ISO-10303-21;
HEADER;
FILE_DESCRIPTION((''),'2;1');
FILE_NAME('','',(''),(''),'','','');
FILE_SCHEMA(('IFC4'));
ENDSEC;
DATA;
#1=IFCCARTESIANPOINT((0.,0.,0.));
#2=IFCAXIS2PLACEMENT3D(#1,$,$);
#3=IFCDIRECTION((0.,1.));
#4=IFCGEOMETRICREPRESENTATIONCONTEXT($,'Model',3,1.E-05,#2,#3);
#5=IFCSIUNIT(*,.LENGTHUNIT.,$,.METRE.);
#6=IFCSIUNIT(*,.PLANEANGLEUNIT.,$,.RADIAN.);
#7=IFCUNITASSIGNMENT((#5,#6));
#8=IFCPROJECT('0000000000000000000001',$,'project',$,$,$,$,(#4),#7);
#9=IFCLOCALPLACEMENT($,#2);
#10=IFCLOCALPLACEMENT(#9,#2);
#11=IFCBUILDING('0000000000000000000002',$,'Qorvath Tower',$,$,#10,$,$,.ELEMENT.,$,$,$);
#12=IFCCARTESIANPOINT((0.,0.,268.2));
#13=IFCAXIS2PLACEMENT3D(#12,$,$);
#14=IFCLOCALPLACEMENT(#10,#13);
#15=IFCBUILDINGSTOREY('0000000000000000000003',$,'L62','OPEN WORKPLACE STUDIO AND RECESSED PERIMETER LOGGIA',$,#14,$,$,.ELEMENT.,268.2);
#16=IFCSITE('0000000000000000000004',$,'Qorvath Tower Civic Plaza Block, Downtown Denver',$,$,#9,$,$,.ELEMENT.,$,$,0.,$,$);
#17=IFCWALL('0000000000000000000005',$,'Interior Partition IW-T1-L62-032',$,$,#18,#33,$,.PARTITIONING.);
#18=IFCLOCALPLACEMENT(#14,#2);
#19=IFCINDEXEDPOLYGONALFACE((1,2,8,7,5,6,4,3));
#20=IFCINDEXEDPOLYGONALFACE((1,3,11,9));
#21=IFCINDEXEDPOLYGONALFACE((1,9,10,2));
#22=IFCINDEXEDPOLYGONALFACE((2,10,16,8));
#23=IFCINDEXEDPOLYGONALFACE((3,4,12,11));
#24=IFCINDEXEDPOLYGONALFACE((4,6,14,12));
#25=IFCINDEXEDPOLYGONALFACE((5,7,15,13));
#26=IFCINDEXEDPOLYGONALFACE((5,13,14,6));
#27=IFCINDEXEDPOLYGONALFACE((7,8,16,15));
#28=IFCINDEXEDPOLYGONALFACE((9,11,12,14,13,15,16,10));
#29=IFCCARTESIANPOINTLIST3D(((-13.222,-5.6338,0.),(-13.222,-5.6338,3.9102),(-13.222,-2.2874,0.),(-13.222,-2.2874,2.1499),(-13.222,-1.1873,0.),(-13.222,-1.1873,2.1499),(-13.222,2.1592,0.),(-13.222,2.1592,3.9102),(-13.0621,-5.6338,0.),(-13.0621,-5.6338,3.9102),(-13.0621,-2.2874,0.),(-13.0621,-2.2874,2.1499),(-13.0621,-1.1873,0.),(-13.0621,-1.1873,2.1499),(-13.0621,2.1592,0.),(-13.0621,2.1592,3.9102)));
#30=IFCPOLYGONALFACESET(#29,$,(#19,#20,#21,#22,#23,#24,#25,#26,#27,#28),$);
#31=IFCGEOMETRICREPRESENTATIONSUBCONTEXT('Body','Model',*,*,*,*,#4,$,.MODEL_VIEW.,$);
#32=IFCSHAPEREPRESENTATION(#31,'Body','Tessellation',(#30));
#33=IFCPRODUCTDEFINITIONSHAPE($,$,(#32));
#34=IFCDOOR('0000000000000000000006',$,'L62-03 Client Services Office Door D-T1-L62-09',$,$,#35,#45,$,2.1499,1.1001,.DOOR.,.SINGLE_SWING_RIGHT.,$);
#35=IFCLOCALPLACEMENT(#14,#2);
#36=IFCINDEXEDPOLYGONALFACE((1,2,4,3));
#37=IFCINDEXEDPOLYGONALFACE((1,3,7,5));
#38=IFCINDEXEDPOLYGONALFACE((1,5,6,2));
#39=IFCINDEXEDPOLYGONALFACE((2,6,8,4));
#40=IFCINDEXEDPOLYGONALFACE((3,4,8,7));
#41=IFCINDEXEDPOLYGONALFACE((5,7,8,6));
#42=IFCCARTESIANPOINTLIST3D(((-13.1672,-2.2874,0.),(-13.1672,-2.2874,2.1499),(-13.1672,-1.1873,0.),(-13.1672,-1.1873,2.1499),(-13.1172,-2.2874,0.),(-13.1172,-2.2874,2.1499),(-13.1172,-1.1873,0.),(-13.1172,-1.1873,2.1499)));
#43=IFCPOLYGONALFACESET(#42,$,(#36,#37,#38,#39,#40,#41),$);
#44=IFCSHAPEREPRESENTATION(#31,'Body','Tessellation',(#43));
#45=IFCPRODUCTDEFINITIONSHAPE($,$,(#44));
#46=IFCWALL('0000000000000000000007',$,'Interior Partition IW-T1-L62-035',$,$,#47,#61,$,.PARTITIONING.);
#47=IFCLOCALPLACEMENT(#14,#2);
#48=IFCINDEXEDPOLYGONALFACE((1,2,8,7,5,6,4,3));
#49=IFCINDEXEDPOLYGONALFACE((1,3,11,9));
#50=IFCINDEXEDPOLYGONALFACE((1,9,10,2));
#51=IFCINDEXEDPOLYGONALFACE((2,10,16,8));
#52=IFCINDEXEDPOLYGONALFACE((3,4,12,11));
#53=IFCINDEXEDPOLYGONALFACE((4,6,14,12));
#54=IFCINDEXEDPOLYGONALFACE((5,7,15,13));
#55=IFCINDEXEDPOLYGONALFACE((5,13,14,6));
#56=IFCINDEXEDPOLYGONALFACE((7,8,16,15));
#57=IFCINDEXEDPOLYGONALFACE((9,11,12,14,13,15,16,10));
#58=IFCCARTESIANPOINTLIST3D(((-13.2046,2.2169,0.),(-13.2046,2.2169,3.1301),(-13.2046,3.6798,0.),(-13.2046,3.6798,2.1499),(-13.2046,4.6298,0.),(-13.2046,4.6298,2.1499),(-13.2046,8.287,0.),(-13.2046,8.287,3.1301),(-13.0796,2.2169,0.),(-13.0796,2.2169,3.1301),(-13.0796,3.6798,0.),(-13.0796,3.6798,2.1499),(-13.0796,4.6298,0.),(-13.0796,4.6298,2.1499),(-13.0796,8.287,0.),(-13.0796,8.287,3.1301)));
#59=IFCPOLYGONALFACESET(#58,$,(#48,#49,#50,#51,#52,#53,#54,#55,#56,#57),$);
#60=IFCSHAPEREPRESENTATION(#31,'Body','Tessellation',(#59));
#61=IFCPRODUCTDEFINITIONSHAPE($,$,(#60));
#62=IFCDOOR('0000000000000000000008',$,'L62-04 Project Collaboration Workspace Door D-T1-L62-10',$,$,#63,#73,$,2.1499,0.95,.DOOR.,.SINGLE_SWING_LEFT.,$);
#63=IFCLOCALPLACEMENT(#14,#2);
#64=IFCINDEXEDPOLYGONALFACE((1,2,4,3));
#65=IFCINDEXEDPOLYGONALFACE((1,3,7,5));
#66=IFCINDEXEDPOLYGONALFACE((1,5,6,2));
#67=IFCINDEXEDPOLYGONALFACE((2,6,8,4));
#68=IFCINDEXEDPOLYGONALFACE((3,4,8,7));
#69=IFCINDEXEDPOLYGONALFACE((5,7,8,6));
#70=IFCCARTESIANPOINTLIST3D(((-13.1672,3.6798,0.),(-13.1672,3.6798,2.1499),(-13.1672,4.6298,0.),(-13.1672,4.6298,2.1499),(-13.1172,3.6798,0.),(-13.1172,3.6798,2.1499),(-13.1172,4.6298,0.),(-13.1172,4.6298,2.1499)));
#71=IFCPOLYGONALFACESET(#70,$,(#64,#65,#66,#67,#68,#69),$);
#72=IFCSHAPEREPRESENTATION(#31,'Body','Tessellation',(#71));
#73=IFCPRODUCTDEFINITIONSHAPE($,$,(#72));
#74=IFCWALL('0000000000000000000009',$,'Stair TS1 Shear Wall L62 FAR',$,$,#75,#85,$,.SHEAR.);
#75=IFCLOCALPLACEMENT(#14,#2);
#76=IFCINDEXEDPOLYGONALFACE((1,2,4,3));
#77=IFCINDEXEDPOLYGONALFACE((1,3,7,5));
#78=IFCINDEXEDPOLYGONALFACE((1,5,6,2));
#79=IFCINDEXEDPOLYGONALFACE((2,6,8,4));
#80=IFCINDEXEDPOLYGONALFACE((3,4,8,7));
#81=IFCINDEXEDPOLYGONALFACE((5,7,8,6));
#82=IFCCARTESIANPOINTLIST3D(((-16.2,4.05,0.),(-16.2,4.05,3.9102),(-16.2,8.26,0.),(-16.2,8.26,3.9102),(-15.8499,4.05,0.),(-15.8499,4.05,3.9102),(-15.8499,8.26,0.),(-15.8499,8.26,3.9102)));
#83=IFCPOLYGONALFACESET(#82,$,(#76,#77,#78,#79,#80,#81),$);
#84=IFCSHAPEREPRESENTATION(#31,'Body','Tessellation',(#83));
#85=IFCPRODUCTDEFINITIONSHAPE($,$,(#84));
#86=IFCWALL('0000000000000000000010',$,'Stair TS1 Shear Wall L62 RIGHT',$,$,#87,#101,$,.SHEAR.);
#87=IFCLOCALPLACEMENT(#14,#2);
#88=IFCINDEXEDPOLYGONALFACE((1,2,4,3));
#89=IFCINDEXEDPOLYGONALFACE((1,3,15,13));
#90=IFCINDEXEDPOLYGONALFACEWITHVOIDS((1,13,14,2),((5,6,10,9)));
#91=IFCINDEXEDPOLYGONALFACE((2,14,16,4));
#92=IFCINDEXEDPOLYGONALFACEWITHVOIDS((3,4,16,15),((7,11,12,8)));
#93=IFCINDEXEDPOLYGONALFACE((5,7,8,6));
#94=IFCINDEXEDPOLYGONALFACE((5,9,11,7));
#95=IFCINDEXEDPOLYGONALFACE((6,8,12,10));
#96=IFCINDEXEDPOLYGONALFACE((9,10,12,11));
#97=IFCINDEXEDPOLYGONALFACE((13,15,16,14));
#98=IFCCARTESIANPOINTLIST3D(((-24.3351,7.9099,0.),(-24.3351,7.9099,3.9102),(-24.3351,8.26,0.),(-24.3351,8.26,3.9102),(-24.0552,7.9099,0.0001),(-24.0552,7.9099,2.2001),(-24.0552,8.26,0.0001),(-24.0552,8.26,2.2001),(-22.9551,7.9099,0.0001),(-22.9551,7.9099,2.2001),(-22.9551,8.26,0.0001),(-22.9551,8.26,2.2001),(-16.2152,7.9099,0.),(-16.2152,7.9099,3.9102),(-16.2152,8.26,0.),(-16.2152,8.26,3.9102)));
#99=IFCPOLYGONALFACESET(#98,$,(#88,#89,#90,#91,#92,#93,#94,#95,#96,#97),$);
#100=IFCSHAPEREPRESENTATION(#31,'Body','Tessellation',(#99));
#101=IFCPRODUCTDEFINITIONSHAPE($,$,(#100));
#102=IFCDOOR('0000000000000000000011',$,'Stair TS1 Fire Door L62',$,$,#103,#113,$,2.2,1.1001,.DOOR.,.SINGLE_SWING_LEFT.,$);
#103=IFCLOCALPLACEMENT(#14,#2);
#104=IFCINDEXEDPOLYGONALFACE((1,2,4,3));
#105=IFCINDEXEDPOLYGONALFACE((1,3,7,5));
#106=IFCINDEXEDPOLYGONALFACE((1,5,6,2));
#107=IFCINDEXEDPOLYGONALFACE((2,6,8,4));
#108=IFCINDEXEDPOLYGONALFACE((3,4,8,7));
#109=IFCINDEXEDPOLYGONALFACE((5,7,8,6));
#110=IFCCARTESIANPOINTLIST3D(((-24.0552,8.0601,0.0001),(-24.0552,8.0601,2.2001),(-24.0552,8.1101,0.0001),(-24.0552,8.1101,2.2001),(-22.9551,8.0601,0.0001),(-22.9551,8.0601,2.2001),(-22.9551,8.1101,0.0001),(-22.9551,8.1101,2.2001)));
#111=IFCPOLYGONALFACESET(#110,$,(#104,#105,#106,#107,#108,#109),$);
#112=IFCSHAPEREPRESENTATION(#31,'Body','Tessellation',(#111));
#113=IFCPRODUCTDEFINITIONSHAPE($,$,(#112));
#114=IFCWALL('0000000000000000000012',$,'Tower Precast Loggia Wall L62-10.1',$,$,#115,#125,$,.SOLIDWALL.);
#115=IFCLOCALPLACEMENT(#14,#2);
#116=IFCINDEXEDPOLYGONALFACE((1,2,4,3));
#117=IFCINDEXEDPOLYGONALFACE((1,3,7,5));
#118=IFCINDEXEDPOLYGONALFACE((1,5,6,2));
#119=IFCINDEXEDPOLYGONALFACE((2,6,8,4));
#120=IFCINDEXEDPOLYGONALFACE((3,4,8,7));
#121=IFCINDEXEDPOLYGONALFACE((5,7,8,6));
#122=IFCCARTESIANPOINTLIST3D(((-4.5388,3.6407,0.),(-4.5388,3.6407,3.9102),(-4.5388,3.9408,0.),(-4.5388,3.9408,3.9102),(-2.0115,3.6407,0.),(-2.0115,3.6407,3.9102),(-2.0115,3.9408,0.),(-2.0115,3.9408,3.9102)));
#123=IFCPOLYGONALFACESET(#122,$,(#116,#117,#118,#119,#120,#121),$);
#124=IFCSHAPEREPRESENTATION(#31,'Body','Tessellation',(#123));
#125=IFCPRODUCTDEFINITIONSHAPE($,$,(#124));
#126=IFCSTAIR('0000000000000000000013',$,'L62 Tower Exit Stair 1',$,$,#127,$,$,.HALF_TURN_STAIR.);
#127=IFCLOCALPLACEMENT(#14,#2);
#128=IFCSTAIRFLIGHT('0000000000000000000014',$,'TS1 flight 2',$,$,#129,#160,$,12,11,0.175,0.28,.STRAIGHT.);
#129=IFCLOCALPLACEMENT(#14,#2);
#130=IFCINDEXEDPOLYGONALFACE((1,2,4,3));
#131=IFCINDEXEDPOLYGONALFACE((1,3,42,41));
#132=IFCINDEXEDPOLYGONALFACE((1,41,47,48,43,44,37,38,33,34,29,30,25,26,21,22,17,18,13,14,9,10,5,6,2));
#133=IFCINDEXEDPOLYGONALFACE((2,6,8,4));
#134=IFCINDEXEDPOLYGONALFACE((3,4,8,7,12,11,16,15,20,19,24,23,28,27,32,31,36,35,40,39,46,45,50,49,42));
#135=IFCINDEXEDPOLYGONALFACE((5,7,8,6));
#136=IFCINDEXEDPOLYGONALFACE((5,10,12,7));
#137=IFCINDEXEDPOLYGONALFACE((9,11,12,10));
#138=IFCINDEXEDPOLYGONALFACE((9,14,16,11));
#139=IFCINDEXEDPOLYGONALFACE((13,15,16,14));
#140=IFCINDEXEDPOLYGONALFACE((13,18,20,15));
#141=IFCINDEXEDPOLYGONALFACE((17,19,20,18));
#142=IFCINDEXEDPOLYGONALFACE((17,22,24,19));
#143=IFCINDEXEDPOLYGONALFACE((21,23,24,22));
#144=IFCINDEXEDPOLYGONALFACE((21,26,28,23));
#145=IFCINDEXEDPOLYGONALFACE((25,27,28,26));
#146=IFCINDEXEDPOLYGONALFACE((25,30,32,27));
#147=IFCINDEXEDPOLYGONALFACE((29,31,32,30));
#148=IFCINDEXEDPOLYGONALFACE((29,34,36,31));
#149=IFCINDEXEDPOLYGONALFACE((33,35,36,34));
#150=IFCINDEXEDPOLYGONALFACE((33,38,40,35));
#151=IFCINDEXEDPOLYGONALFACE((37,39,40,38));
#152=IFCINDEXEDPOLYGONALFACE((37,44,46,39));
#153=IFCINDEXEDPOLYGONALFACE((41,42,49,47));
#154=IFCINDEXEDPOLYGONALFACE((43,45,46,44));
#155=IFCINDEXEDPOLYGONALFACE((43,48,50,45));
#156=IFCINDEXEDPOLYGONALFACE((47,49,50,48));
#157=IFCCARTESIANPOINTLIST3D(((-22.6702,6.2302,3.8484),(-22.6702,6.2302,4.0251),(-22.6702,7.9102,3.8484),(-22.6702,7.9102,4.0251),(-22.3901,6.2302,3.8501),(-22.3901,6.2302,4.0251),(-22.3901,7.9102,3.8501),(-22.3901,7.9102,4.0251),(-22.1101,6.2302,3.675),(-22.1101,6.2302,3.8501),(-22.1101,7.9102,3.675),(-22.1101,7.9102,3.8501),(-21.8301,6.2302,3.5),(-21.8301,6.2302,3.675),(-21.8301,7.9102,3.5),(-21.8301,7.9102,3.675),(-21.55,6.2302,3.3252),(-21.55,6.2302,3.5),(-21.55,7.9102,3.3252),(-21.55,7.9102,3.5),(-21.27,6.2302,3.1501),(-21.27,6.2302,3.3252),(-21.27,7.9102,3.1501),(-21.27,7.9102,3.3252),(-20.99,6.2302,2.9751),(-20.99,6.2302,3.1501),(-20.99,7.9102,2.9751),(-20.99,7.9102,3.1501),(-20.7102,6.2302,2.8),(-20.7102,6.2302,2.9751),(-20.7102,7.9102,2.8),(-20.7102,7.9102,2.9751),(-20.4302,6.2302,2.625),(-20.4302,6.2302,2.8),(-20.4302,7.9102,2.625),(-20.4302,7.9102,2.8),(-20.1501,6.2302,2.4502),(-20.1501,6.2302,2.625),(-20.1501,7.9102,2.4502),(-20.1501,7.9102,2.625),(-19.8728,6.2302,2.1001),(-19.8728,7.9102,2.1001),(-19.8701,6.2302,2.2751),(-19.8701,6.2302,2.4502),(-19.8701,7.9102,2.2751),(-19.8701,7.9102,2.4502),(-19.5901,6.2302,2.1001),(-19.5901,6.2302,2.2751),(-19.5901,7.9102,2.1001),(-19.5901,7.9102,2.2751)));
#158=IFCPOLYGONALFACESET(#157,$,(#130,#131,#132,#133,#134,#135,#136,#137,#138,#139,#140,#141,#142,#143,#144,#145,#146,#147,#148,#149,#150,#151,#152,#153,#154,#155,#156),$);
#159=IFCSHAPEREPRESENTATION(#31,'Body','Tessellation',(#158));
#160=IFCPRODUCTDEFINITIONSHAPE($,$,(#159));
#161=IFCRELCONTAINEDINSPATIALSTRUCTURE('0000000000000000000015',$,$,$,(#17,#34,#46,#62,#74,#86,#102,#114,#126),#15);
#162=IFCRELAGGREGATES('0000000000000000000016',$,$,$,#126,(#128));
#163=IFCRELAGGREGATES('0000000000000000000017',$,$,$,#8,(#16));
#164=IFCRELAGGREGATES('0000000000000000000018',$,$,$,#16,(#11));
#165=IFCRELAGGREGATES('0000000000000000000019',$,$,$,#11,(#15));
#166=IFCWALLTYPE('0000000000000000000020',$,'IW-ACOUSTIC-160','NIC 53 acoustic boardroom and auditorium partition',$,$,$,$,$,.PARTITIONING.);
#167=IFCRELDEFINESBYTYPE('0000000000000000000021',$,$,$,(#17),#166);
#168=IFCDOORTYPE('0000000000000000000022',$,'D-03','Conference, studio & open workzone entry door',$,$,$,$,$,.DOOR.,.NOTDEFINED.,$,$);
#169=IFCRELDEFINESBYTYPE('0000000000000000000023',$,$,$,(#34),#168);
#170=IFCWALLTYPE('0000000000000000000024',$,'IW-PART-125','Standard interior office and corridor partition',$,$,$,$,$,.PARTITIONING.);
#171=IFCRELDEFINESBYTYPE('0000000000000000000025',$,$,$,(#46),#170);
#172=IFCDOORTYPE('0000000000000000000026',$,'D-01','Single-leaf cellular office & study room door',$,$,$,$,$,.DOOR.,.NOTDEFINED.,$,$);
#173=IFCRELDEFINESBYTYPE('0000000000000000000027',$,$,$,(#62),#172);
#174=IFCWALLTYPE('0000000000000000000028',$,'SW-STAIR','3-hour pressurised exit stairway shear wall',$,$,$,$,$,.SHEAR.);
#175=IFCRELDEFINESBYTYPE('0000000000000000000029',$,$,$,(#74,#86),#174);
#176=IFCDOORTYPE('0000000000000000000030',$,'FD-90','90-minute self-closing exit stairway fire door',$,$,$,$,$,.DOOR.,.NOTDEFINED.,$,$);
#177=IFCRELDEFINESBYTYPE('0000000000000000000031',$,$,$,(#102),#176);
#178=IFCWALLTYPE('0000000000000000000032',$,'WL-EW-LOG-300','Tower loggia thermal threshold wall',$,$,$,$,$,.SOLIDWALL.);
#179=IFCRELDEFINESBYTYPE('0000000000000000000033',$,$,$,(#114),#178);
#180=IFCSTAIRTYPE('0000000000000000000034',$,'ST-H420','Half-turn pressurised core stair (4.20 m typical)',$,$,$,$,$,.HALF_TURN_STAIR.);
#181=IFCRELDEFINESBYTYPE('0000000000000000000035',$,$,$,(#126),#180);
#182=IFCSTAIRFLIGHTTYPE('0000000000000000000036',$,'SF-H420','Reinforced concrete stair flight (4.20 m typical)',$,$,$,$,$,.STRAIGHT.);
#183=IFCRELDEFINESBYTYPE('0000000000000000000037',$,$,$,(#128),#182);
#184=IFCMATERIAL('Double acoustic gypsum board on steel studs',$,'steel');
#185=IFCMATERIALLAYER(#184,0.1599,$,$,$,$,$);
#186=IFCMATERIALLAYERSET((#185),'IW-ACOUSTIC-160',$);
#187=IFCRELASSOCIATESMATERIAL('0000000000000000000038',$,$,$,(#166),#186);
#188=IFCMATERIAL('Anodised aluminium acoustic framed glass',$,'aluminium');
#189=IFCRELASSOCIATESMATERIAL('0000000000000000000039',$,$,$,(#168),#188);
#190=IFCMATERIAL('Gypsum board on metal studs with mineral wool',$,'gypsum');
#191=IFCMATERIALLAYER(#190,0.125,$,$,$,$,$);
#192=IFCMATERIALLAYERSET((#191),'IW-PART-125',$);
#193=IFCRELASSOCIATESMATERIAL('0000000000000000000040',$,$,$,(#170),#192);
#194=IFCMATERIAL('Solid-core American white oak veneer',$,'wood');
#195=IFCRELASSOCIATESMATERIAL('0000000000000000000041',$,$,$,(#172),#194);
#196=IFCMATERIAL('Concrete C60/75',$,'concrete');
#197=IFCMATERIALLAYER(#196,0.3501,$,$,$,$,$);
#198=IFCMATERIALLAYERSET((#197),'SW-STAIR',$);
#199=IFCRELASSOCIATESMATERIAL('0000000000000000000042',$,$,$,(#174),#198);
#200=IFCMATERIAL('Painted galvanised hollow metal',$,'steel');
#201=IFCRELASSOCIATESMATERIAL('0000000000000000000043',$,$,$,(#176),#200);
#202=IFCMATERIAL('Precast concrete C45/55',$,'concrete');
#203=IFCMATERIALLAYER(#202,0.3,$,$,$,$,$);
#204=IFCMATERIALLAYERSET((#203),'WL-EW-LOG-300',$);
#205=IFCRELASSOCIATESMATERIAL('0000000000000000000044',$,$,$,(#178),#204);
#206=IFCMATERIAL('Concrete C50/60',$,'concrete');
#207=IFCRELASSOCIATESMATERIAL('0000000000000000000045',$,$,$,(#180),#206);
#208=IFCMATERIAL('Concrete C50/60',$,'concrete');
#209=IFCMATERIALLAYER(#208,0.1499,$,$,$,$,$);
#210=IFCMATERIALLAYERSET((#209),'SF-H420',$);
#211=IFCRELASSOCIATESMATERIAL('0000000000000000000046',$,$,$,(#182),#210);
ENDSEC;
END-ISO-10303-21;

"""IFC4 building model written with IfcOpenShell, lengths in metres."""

from ifc_helpers import new_model, si_unit, direction, frame, frame_2d, origin, place, context, subcontext, project, spatial, polyline, rectangle, outline, extrude, material, layer, layer_set, type_object, element, fill, aggregate, save


model = new_model("IFC4")

# Units and contexts
model_context = context("Model", 3, precision=1e-05, world=origin(), true_north=direction((0.0, 1.0)))
body_context = subcontext(model_context, "Body", "Model", "MODEL_VIEW")
ifc_project = project(units=[si_unit("LENGTHUNIT", "METRE"), si_unit("PLANEANGLEUNIT", "RADIAN")], contexts=[model_context])

# Site, building, storey
site_placement = place(None, origin())
site = spatial("IfcSite", under=ifc_project, at=site_placement, Name="Qorvath Tower Civic Plaza Block, Downtown Denver", CompositionType="ELEMENT", RefElevation=0.0)
building_placement = place(site_placement, origin())
building = spatial("IfcBuilding", under=site, at=building_placement, Name="Qorvath Tower", CompositionType="ELEMENT")
storey_placement = place(building_placement, frame((0.0, 0.0, 268.2)))
storey = spatial("IfcBuildingStorey", under=building, at=storey_placement, Name="L62", Description="OPEN WORKPLACE STUDIO AND RECESSED PERIMETER LOGGIA", CompositionType="ELEMENT", Elevation=268.2)

# Shared definitions
ifc_material_1 = material(Name="Double acoustic gypsum board on steel studs", Category="steel")
ifc_layer_1 = layer(ifc_material_1, 0.1599)
ifc_layer_set_1 = layer_set([ifc_layer_1], Name="IW-ACOUSTIC-160")
wall_type_1 = type_object("IfcWallType", Name="IW-ACOUSTIC-160", Description="NIC 53 acoustic boardroom and auditorium partition", PredefinedType="PARTITIONING", material=ifc_layer_set_1)

# Walls, openings, doors
wall_1_placement = place(storey_placement, frame((-13.1421, 2.1592, 0.0), z_axis=(0.0, 0.0, 1.0), x_axis=(0.0, -1.0, 0.0)))
wall_1 = element("IfcWall", 1, at=wall_1_placement, inside=storey, type_object=wall_type_1, Name="Interior Partition IW-T1-L62-032", PredefinedType="PARTITIONING", context=body_context, shape_type="SweptSolid", body=[
    extrude(rectangle(XDim=7.793, YDim=0.1599, at=frame_2d((3.8965, 0.0))), origin(), (0.0, 0.0, 1.0), 3.9102),
])
opening_1_placement = place(wall_1_placement, frame((3.3464, 0.0, 0.0)))
opening_1 = element("IfcOpeningElement", 2, at=opening_1_placement, cuts=wall_1, PredefinedType="OPENING", context=body_context, shape_type="SweptSolid", body=[
    extrude(rectangle(XDim=1.1001, YDim=2.1499, at=frame_2d((0.55, 1.075))), frame((0.0, 0.0898, 0.0), z_axis=(0.0, -1.0, 0.0), x_axis=(1.0, 0.0, 0.0)), (0.0, 0.0, 1.0), 0.1799),
])
ifc_material_2 = material(Name="Anodised aluminium acoustic framed glass", Category="aluminium")
door_type_1 = type_object("IfcDoorType", Name="D-03", Description="Conference, studio & open workzone entry door", OperationType="NOTDEFINED", PredefinedType="DOOR", material=ifc_material_2)
door_1_placement = place(opening_1_placement, origin())
door_1 = element("IfcDoor", 3, at=door_1_placement, inside=storey, type_object=door_type_1, Name="L62-03 Client Services Office Door D-T1-L62-09", OperationType="SINGLE_SWING_RIGHT", OverallHeight=2.1499, OverallWidth=1.1001, PredefinedType="DOOR", context=body_context, shape_type="SweptSolid", body=[
    extrude(rectangle(XDim=1.1001, YDim=2.1499, at=frame_2d((0.55, 1.075))), frame((0.0, 0.0249, 0.0), z_axis=(0.0, -1.0, 0.0), x_axis=(1.0, 0.0, 0.0)), (0.0, 0.0, 1.0), 0.05),
])
fill(opening_1, door_1)
ifc_material_3 = material(Name="Gypsum board on metal studs with mineral wool", Category="gypsum")
ifc_layer_2 = layer(ifc_material_3, 0.125)
ifc_layer_set_2 = layer_set([ifc_layer_2], Name="IW-PART-125")
wall_type_2 = type_object("IfcWallType", Name="IW-PART-125", Description="Standard interior office and corridor partition", PredefinedType="PARTITIONING", material=ifc_layer_set_2)
wall_2_placement = place(storey_placement, frame((-13.1421, 8.2871, 0.0), z_axis=(0.0, 0.0, 1.0), x_axis=(0.0, -1.0, 0.0)))
wall_2 = element("IfcWall", 4, at=wall_2_placement, inside=storey, type_object=wall_type_2, Name="Interior Partition IW-T1-L62-035", PredefinedType="PARTITIONING", context=body_context, shape_type="SweptSolid", body=[
    extrude(rectangle(XDim=6.0701, YDim=0.125, at=frame_2d((3.0352, 0.0))), origin(), (0.0, 0.0, 1.0), 3.1301),
])
opening_2_placement = place(wall_2_placement, frame((3.6572, 0.0, 0.0)))
opening_2 = element("IfcOpeningElement", 5, at=opening_2_placement, cuts=wall_2, PredefinedType="OPENING", context=body_context, shape_type="SweptSolid", body=[
    extrude(rectangle(XDim=0.95, YDim=2.1499, at=frame_2d((0.4751, 1.075))), frame((0.0, 0.0725, 0.0), z_axis=(0.0, -1.0, 0.0), x_axis=(1.0, 0.0, 0.0)), (0.0, 0.0, 1.0), 0.145),
])
ifc_material_4 = material(Name="Solid-core American white oak veneer", Category="wood")
door_type_2 = type_object("IfcDoorType", Name="D-01", Description="Single-leaf cellular office & study room door", OperationType="NOTDEFINED", PredefinedType="DOOR", material=ifc_material_4)
door_2_placement = place(opening_2_placement, origin())
door_2 = element("IfcDoor", 6, at=door_2_placement, inside=storey, type_object=door_type_2, Name="L62-04 Project Collaboration Workspace Door D-T1-L62-10", OperationType="SINGLE_SWING_LEFT", OverallHeight=2.1499, OverallWidth=0.95, PredefinedType="DOOR", context=body_context, shape_type="SweptSolid", body=[
    extrude(rectangle(XDim=0.95, YDim=2.1499, at=frame_2d((0.4751, 1.075))), frame((0.0, 0.0249, 0.0), z_axis=(0.0, -1.0, 0.0), x_axis=(1.0, 0.0, 0.0)), (0.0, 0.0, 1.0), 0.05),
])
fill(opening_2, door_2)

# Wall
ifc_material_5 = material(Name="Concrete C60/75", Category="concrete")
ifc_layer_3 = layer(ifc_material_5, 0.3501)
ifc_layer_set_3 = layer_set([ifc_layer_3], Name="SW-STAIR")
wall_type_3 = type_object("IfcWallType", Name="SW-STAIR", Description="3-hour pressurised exit stairway shear wall", PredefinedType="SHEAR", material=ifc_layer_set_3)
wall_3_placement = place(storey_placement, frame((-16.0249, 4.05, 0.0), z_axis=(0.0, 0.0, 1.0), x_axis=(0.0, 1.0, 0.0)))
element("IfcWall", 7, at=wall_3_placement, inside=storey, type_object=wall_type_3, Name="Stair TS1 Shear Wall L62 FAR", PredefinedType="SHEAR", context=body_context, shape_type="SweptSolid", body=[
    extrude(rectangle(XDim=4.21, YDim=0.3501, at=frame_2d((2.105, 0.0))), origin(), (0.0, 0.0, 1.0), 3.9102),
])

# Wall, opening, door
wall_4_placement = place(storey_placement, frame((-16.2151, 8.085, 0.0), z_axis=(0.0, 0.0, 1.0), x_axis=(-1.0, 0.0, 0.0)))
wall_4 = element("IfcWall", 8, at=wall_4_placement, inside=storey, type_object=wall_type_3, Name="Stair TS1 Shear Wall L62 RIGHT", PredefinedType="SHEAR", context=body_context, shape_type="SweptSolid", body=[
    extrude(rectangle(XDim=8.1199, YDim=0.3501, at=frame_2d((4.0601, 0.0))), origin(), (0.0, 0.0, 1.0), 3.9102),
])
opening_3_placement = place(wall_4_placement, frame((6.74, 0.0, 0.0)))
opening_3 = element("IfcOpeningElement", 9, at=opening_3_placement, cuts=wall_4, PredefinedType="OPENING", context=body_context, shape_type="SweptSolid", body=[
    extrude(rectangle(XDim=1.1001, YDim=2.2, at=frame_2d((0.55, 1.1001))), frame((0.0, 0.1851, 0.0), z_axis=(0.0, -1.0, 0.0), x_axis=(1.0, 0.0, 0.0)), (0.0, 0.0, 1.0), 0.3701),
])
ifc_material_6 = material(Name="Painted galvanised hollow metal", Category="steel")
door_type_3 = type_object("IfcDoorType", Name="FD-90", Description="90-minute self-closing exit stairway fire door", OperationType="NOTDEFINED", PredefinedType="DOOR", material=ifc_material_6)
door_3_placement = place(opening_3_placement, origin())
door_3 = element("IfcDoor", 10, at=door_3_placement, inside=storey, type_object=door_type_3, Name="Stair TS1 Fire Door L62", OperationType="SINGLE_SWING_LEFT", OverallHeight=2.2, OverallWidth=1.1001, PredefinedType="DOOR", context=body_context, shape_type="SweptSolid", body=[
    extrude(rectangle(XDim=1.1001, YDim=2.2, at=frame_2d((0.55, 1.1001))), frame((0.0, 0.0249, 0.0), z_axis=(0.0, -1.0, 0.0), x_axis=(1.0, 0.0, 0.0)), (0.0, 0.0, 1.0), 0.05),
])
fill(opening_3, door_3)

# Wall
ifc_material_7 = material(Name="Precast concrete C45/55", Category="concrete")
ifc_layer_4 = layer(ifc_material_7, 0.3)
ifc_layer_set_4 = layer_set([ifc_layer_4], Name="WL-EW-LOG-300")
wall_type_4 = type_object("IfcWallType", Name="WL-EW-LOG-300", Description="Tower loggia thermal threshold wall", PredefinedType="SOLIDWALL", material=ifc_layer_set_4)
wall_5_placement = place(storey_placement, frame((-4.5388, 3.7908, 0.0), z_axis=(0.0, 0.0, 1.0), x_axis=(1.0, 0.0, 0.0)))
element("IfcWall", 11, at=wall_5_placement, inside=storey, type_object=wall_type_4, Name="Tower Precast Loggia Wall L62-10.1", PredefinedType="SOLIDWALL", context=body_context, shape_type="SweptSolid", body=[
    extrude(rectangle(XDim=2.5273, YDim=0.3, at=frame_2d((1.2637, 0.0))), origin(), (0.0, 0.0, 1.0), 3.9102),
])

# Stair, stair flight
ifc_material_8 = material(Name="Concrete C50/60", Category="concrete")
stair_type = type_object("IfcStairType", Name="ST-H420", Description="Half-turn pressurised core stair (4.20 m typical)", PredefinedType="HALF_TURN_STAIR", material=ifc_material_8)
stair_placement = place(storey_placement, origin())
stair = element("IfcStair", 12, at=stair_placement, inside=storey, type_object=stair_type, Name="L62 Tower Exit Stair 1", PredefinedType="HALF_TURN_STAIR")
ifc_material_9 = material(Name="Concrete C50/60", Category="concrete")
ifc_layer_5 = layer(ifc_material_9, 0.1499)
ifc_layer_set_5 = layer_set([ifc_layer_5], Name="SF-H420")
stair_flight_type = type_object("IfcStairFlightType", Name="SF-H420", Description="Reinforced concrete stair flight (4.20 m typical)", PredefinedType="STRAIGHT", material=ifc_layer_set_5)
stair_flight_placement = place(storey_placement, frame((-19.5901, 7.0701, 2.1001), z_axis=(0.0, 0.0, 1.0), x_axis=(-1.0, 0.0, 0.0)))
stair_flight = element("IfcStairFlight", 13, at=stair_flight_placement, type_object=stair_flight_type, Name="TS1 flight 2", NumberOfRisers=12, NumberOfTreads=11, PredefinedType="STRAIGHT", RiserHeight=0.175, TreadLength=0.28, context=body_context, shape_type="SweptSolid", body=[
    extrude(outline(polyline([(0.0, 0.0), (0.0, 0.175), (0.28, 0.175), (0.28, 0.3501), (0.5601, 0.3501), (0.5601, 0.5249), (0.8401, 0.5249), (0.8401, 0.7), (1.1201, 0.7), (1.1201, 0.875), (1.3999, 0.875), (1.3999, 1.05), (1.6799, 1.05), (1.6799, 1.2251), (1.96, 1.2251), (1.96, 1.3999), (2.24, 1.3999), (2.24, 1.575), (2.52, 1.575), (2.52, 1.75), (2.8, 1.75), (2.8, 1.925), (3.0801, 1.925), (3.0801, 2.1001), (3.0801, 1.7483), (0.2827, 0.0), (0.0, 0.0)])), frame((0.0, 0.8398, 0.0), z_axis=(0.0, -1.0, 0.0), x_axis=(1.0, 0.0, 0.0)), (0.0, 0.0, 1.0), 1.6799),
])
aggregate(stair, [stair_flight])

save(model, "model.ifc")
